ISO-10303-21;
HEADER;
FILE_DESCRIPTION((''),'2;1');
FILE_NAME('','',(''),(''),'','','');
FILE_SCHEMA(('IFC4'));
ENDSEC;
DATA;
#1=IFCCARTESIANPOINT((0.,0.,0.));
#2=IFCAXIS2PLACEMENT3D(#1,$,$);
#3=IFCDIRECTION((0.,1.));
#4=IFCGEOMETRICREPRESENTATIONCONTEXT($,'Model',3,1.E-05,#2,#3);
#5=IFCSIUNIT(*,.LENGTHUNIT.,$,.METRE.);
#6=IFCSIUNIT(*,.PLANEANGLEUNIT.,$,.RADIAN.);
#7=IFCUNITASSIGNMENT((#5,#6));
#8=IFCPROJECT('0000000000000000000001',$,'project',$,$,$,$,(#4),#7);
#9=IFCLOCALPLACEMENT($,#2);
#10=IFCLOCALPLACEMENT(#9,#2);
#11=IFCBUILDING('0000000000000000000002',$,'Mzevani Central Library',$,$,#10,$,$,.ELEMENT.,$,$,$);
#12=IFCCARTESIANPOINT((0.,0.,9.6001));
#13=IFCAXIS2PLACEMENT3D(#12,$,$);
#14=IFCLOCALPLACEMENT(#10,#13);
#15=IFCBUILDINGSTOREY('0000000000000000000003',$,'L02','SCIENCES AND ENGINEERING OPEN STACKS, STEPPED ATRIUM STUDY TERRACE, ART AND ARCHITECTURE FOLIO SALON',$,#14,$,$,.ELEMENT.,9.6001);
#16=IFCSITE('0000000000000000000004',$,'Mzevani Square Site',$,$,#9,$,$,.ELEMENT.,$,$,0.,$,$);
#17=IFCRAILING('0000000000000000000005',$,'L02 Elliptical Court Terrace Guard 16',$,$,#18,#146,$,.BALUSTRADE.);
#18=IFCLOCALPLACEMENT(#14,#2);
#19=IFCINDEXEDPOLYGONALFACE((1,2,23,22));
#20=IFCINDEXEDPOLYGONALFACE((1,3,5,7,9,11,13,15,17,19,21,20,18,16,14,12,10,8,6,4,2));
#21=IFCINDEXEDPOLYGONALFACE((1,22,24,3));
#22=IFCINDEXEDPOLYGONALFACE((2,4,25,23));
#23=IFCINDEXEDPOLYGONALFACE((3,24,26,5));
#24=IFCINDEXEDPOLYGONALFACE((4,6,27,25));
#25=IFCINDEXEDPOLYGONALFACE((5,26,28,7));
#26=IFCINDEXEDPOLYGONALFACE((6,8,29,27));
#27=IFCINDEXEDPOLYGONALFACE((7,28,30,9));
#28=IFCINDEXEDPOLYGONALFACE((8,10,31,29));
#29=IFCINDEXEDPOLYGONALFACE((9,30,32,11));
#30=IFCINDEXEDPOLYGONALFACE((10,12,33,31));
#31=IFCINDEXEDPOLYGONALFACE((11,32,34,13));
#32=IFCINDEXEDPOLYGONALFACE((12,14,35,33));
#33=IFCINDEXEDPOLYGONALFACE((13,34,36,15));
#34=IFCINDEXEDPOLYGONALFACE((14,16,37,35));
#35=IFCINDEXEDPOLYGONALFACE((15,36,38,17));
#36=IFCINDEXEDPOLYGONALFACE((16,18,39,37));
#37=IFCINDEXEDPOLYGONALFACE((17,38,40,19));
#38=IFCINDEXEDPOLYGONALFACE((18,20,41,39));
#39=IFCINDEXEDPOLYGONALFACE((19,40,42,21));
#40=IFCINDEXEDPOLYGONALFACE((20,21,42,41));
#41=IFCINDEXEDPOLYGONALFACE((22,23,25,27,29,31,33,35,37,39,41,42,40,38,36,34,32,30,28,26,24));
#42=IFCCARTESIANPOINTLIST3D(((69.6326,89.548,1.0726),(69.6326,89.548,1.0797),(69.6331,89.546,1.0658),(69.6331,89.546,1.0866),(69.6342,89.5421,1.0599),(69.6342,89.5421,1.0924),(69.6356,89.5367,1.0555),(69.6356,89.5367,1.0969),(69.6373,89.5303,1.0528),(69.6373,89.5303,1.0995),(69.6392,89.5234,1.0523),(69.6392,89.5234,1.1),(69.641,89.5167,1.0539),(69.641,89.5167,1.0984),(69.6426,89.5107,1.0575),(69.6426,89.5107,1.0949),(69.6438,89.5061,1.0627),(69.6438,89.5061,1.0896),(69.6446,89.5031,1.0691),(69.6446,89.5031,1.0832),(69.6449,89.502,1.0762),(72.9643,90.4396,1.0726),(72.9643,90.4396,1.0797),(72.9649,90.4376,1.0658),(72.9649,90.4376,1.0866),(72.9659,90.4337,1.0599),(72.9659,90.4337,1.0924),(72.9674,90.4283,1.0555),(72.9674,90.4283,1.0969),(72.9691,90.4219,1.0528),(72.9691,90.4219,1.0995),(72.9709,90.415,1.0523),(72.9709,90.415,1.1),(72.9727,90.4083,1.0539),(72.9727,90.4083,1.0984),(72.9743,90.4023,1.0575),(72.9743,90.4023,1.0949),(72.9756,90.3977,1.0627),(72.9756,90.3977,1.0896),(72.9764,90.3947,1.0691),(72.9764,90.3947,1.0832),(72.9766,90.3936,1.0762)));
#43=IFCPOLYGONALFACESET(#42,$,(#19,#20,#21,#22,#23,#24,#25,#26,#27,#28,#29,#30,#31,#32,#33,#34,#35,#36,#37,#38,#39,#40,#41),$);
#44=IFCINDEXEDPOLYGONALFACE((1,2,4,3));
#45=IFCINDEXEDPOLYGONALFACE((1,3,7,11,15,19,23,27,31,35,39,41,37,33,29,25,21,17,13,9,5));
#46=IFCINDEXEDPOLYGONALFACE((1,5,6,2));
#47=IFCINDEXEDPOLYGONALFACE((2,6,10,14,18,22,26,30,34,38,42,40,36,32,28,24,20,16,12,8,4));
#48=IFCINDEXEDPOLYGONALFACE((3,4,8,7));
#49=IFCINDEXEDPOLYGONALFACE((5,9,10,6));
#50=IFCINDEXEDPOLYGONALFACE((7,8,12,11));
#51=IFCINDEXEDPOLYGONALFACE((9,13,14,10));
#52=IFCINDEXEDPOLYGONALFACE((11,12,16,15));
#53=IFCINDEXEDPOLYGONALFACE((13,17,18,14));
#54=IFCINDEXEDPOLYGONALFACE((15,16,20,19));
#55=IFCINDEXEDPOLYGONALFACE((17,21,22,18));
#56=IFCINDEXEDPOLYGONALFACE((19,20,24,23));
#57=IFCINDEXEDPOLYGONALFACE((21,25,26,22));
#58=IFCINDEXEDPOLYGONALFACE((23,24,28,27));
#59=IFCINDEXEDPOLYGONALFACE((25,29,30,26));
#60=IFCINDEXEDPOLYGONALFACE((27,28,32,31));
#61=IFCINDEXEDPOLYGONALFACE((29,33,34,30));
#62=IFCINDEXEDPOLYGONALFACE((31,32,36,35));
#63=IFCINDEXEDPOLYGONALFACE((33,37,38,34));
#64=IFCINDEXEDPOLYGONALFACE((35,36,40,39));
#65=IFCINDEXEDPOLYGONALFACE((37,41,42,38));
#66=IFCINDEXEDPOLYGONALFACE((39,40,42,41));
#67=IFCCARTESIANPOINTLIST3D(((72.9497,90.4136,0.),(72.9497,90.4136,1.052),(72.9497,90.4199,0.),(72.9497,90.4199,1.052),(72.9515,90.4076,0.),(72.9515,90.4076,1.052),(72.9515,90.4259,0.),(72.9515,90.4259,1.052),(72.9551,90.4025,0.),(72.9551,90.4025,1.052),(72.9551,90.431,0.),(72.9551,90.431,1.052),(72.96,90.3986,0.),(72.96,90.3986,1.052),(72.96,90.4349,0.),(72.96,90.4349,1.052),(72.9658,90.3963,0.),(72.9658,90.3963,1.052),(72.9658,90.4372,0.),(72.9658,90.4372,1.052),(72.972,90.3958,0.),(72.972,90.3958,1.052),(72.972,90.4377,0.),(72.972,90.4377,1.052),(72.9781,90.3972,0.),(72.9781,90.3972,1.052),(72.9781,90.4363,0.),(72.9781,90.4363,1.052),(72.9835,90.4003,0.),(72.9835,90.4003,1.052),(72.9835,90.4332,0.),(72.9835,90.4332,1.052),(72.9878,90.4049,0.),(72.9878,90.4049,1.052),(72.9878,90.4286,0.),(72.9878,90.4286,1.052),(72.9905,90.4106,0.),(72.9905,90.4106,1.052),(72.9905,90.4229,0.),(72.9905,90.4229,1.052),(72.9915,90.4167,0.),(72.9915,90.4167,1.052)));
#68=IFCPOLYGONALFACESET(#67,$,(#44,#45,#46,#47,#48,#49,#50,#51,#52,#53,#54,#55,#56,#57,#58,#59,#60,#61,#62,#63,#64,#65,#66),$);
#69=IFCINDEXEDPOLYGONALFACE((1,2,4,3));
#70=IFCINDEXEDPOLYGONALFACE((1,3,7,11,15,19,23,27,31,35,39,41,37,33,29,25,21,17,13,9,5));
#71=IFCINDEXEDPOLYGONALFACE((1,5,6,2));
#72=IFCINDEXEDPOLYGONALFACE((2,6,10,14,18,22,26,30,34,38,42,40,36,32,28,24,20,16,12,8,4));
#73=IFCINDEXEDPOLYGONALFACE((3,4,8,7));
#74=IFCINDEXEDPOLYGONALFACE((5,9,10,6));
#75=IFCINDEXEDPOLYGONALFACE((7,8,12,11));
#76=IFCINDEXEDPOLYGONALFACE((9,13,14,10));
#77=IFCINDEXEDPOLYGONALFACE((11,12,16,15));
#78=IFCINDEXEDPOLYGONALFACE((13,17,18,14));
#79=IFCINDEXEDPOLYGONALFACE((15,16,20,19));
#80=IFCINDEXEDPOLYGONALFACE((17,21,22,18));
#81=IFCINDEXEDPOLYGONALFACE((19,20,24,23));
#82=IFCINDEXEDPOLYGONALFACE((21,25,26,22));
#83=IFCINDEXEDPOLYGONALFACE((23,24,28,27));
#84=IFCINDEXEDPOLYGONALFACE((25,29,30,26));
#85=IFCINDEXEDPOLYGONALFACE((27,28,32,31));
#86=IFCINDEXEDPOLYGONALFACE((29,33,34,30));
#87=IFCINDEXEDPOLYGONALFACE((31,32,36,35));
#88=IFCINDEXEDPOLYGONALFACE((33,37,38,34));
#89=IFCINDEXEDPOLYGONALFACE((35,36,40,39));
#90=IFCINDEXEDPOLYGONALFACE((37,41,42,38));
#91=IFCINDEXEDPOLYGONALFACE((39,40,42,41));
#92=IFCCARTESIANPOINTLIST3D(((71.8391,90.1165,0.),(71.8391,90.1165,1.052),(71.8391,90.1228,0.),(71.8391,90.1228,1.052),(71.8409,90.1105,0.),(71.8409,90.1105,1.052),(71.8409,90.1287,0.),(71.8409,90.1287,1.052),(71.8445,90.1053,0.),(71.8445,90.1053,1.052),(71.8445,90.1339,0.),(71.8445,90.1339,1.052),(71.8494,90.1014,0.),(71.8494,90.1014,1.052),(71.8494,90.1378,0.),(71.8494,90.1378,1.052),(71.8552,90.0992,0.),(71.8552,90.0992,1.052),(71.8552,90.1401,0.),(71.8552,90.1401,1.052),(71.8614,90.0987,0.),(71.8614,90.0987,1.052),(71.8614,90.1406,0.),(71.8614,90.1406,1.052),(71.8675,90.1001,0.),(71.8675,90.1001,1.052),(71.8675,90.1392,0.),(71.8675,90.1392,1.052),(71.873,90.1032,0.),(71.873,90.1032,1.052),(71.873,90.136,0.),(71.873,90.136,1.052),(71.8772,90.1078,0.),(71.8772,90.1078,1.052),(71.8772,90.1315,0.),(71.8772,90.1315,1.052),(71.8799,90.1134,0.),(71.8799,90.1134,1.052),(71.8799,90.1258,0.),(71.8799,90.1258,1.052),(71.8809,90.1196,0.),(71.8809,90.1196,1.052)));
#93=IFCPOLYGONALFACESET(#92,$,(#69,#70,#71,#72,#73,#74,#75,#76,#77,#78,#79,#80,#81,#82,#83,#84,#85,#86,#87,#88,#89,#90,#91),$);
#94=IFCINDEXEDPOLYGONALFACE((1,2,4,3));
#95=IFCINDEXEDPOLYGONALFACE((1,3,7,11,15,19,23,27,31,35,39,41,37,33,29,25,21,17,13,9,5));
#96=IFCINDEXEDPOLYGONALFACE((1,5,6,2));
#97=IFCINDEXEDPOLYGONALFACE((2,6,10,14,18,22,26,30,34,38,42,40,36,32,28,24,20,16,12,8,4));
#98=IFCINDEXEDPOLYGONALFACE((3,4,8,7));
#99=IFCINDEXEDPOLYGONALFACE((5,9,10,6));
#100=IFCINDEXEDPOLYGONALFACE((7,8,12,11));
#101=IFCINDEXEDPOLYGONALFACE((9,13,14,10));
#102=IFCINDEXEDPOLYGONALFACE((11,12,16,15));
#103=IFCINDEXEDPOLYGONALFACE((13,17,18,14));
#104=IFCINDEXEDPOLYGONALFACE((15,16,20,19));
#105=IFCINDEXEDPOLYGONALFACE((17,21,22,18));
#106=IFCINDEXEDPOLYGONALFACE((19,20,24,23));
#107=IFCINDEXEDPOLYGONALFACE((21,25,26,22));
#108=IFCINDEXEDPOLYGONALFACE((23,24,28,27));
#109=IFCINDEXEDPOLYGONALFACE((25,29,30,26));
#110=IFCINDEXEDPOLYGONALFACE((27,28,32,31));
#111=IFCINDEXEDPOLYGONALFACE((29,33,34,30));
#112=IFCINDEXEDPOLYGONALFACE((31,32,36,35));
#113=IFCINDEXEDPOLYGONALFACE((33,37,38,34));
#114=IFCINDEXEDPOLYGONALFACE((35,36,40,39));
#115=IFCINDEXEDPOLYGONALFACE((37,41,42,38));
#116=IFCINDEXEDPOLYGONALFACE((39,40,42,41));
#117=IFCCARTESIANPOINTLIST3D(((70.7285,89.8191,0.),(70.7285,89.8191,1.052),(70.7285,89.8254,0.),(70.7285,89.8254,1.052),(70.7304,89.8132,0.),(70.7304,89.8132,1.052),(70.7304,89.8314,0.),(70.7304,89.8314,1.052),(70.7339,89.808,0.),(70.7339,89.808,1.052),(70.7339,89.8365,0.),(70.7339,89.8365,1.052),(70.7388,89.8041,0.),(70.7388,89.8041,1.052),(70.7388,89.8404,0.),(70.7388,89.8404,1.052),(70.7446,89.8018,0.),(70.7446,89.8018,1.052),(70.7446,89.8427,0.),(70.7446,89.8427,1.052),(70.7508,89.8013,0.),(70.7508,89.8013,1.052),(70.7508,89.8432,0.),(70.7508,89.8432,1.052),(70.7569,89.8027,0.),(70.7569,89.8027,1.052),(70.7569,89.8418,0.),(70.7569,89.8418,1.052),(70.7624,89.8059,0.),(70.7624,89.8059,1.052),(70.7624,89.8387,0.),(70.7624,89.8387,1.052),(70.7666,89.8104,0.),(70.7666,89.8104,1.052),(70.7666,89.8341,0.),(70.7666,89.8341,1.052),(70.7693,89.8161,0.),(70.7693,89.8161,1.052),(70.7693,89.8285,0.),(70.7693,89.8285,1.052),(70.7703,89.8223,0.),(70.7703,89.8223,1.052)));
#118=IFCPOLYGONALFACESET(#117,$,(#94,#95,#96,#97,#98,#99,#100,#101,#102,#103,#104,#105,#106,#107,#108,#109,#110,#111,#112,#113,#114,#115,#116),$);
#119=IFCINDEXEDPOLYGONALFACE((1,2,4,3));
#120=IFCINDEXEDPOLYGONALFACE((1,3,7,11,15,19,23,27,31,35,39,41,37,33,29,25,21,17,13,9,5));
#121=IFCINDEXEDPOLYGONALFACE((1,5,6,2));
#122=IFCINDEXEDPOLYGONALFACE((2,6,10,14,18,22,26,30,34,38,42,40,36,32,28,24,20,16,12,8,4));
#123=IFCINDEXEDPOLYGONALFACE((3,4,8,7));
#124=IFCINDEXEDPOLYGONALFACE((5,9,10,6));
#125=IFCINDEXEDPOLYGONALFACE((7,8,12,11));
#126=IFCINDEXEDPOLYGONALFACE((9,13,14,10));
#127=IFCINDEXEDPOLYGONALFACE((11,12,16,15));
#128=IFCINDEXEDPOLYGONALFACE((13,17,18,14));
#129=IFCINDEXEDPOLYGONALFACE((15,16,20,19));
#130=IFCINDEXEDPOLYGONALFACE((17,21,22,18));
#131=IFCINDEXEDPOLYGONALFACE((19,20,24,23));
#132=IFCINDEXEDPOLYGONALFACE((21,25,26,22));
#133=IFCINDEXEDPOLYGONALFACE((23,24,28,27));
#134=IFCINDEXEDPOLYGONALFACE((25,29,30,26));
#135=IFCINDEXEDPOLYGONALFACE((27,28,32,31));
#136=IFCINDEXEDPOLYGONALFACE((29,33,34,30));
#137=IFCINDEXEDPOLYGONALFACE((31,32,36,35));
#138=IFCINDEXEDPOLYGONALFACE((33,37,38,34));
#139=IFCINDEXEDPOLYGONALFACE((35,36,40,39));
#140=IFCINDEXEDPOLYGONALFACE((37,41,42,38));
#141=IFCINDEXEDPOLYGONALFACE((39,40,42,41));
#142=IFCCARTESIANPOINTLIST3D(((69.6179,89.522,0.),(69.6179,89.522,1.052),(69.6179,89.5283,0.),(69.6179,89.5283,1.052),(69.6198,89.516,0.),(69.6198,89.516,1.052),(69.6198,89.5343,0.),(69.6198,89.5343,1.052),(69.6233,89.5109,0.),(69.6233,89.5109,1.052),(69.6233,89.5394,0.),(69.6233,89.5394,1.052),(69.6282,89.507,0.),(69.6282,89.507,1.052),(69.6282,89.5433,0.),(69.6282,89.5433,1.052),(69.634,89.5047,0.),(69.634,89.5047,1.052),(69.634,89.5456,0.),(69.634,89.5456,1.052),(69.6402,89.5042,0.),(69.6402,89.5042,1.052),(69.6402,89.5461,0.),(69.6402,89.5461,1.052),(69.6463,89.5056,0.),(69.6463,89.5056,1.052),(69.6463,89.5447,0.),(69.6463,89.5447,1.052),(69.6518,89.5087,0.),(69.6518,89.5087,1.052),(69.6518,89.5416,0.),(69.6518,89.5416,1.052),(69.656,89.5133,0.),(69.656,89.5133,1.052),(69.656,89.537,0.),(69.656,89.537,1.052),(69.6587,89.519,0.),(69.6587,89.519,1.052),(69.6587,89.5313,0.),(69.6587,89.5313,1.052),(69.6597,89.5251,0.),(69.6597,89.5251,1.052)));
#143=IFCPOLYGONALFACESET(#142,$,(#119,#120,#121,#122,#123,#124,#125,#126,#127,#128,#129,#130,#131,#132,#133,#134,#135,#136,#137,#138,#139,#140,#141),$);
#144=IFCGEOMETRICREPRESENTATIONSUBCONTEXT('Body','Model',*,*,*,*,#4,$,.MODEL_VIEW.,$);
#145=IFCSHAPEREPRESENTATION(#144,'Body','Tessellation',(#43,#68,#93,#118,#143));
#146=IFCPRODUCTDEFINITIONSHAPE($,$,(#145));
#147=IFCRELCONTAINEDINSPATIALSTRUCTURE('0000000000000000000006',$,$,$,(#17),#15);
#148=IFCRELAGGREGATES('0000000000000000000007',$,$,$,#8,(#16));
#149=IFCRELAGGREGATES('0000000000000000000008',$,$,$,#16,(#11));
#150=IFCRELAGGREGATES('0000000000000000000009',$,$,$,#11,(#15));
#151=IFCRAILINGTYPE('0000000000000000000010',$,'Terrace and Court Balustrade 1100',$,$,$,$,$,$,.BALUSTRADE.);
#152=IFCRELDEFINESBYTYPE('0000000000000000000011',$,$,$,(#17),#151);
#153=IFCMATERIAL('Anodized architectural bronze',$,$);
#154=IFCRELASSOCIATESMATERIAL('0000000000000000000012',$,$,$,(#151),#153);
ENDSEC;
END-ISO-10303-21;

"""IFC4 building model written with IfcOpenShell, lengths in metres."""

from ifc_helpers import new_model, si_unit, direction, frame, origin, origin_2d, place, context, subcontext, project, spatial, circle, extrude, material, type_object, element, save


model = new_model("IFC4")

# Units and contexts
model_context = context("Model", 3, precision=1e-05, world=origin(), true_north=direction((0.0, 1.0)))
body_context = subcontext(model_context, "Body", "Model", "MODEL_VIEW")
ifc_project = project(units=[si_unit("LENGTHUNIT", "METRE"), si_unit("PLANEANGLEUNIT", "RADIAN")], contexts=[model_context])

# Site, building, storey
site_placement = place(None, origin())
site = spatial("IfcSite", under=ifc_project, at=site_placement, Name="Mzevani Square Site", CompositionType="ELEMENT", RefElevation=0.0)
building_placement = place(site_placement, origin())
building = spatial("IfcBuilding", under=site, at=building_placement, Name="Mzevani Central Library", CompositionType="ELEMENT")
storey_placement = place(building_placement, frame((0.0, 0.0, 9.6001)))
storey = spatial("IfcBuildingStorey", under=building, at=storey_placement, Name="L02", Description="SCIENCES AND ENGINEERING OPEN STACKS, STEPPED ATRIUM STUDY TERRACE, ART AND ARCHITECTURE FOLIO SALON", CompositionType="ELEMENT", Elevation=9.6001)

# Railing
ifc_material_1 = material(Name="Anodized architectural bronze")
railing_type = type_object("IfcRailingType", Name="Terrace and Court Balustrade 1100", PredefinedType="BALUSTRADE", material=ifc_material_1)
railing_1_placement = place(storey_placement, frame((72.9705, 90.4167, 0.0)))
element("IfcRailing", 1, at=railing_1_placement, inside=storey, type_object=railing_type, Name="L02 Elliptical Court Terrace Guard 16", PredefinedType="BALUSTRADE", context=body_context, shape_type="SweptSolid", body=[
    extrude(circle(Radius=0.0239, at=origin_2d()), frame((0.0, 0.0, 1.0762), z_axis=(-0.966009, -0.258508, 0.0), x_axis=(0.258508, -0.966009, 0.0)), (0.0, 0.0, 1.0), 3.449),
    extrude(circle(Radius=0.021, at=origin_2d()), origin(), (0.0, 0.0, 1.0), 1.052),
    extrude(circle(Radius=0.021, at=origin_2d()), frame((-1.1106, -0.2971, 0.0)), (0.0, 0.0, 1.0), 1.052),
    extrude(circle(Radius=0.021, at=origin_2d()), frame((-2.2212, -0.5945, 0.0)), (0.0, 0.0, 1.0), 1.052),
    extrude(circle(Radius=0.021, at=origin_2d()), frame((-3.3318, -0.8916, 0.0)), (0.0, 0.0, 1.0), 1.052),
])

save(model, "model.ifc")
